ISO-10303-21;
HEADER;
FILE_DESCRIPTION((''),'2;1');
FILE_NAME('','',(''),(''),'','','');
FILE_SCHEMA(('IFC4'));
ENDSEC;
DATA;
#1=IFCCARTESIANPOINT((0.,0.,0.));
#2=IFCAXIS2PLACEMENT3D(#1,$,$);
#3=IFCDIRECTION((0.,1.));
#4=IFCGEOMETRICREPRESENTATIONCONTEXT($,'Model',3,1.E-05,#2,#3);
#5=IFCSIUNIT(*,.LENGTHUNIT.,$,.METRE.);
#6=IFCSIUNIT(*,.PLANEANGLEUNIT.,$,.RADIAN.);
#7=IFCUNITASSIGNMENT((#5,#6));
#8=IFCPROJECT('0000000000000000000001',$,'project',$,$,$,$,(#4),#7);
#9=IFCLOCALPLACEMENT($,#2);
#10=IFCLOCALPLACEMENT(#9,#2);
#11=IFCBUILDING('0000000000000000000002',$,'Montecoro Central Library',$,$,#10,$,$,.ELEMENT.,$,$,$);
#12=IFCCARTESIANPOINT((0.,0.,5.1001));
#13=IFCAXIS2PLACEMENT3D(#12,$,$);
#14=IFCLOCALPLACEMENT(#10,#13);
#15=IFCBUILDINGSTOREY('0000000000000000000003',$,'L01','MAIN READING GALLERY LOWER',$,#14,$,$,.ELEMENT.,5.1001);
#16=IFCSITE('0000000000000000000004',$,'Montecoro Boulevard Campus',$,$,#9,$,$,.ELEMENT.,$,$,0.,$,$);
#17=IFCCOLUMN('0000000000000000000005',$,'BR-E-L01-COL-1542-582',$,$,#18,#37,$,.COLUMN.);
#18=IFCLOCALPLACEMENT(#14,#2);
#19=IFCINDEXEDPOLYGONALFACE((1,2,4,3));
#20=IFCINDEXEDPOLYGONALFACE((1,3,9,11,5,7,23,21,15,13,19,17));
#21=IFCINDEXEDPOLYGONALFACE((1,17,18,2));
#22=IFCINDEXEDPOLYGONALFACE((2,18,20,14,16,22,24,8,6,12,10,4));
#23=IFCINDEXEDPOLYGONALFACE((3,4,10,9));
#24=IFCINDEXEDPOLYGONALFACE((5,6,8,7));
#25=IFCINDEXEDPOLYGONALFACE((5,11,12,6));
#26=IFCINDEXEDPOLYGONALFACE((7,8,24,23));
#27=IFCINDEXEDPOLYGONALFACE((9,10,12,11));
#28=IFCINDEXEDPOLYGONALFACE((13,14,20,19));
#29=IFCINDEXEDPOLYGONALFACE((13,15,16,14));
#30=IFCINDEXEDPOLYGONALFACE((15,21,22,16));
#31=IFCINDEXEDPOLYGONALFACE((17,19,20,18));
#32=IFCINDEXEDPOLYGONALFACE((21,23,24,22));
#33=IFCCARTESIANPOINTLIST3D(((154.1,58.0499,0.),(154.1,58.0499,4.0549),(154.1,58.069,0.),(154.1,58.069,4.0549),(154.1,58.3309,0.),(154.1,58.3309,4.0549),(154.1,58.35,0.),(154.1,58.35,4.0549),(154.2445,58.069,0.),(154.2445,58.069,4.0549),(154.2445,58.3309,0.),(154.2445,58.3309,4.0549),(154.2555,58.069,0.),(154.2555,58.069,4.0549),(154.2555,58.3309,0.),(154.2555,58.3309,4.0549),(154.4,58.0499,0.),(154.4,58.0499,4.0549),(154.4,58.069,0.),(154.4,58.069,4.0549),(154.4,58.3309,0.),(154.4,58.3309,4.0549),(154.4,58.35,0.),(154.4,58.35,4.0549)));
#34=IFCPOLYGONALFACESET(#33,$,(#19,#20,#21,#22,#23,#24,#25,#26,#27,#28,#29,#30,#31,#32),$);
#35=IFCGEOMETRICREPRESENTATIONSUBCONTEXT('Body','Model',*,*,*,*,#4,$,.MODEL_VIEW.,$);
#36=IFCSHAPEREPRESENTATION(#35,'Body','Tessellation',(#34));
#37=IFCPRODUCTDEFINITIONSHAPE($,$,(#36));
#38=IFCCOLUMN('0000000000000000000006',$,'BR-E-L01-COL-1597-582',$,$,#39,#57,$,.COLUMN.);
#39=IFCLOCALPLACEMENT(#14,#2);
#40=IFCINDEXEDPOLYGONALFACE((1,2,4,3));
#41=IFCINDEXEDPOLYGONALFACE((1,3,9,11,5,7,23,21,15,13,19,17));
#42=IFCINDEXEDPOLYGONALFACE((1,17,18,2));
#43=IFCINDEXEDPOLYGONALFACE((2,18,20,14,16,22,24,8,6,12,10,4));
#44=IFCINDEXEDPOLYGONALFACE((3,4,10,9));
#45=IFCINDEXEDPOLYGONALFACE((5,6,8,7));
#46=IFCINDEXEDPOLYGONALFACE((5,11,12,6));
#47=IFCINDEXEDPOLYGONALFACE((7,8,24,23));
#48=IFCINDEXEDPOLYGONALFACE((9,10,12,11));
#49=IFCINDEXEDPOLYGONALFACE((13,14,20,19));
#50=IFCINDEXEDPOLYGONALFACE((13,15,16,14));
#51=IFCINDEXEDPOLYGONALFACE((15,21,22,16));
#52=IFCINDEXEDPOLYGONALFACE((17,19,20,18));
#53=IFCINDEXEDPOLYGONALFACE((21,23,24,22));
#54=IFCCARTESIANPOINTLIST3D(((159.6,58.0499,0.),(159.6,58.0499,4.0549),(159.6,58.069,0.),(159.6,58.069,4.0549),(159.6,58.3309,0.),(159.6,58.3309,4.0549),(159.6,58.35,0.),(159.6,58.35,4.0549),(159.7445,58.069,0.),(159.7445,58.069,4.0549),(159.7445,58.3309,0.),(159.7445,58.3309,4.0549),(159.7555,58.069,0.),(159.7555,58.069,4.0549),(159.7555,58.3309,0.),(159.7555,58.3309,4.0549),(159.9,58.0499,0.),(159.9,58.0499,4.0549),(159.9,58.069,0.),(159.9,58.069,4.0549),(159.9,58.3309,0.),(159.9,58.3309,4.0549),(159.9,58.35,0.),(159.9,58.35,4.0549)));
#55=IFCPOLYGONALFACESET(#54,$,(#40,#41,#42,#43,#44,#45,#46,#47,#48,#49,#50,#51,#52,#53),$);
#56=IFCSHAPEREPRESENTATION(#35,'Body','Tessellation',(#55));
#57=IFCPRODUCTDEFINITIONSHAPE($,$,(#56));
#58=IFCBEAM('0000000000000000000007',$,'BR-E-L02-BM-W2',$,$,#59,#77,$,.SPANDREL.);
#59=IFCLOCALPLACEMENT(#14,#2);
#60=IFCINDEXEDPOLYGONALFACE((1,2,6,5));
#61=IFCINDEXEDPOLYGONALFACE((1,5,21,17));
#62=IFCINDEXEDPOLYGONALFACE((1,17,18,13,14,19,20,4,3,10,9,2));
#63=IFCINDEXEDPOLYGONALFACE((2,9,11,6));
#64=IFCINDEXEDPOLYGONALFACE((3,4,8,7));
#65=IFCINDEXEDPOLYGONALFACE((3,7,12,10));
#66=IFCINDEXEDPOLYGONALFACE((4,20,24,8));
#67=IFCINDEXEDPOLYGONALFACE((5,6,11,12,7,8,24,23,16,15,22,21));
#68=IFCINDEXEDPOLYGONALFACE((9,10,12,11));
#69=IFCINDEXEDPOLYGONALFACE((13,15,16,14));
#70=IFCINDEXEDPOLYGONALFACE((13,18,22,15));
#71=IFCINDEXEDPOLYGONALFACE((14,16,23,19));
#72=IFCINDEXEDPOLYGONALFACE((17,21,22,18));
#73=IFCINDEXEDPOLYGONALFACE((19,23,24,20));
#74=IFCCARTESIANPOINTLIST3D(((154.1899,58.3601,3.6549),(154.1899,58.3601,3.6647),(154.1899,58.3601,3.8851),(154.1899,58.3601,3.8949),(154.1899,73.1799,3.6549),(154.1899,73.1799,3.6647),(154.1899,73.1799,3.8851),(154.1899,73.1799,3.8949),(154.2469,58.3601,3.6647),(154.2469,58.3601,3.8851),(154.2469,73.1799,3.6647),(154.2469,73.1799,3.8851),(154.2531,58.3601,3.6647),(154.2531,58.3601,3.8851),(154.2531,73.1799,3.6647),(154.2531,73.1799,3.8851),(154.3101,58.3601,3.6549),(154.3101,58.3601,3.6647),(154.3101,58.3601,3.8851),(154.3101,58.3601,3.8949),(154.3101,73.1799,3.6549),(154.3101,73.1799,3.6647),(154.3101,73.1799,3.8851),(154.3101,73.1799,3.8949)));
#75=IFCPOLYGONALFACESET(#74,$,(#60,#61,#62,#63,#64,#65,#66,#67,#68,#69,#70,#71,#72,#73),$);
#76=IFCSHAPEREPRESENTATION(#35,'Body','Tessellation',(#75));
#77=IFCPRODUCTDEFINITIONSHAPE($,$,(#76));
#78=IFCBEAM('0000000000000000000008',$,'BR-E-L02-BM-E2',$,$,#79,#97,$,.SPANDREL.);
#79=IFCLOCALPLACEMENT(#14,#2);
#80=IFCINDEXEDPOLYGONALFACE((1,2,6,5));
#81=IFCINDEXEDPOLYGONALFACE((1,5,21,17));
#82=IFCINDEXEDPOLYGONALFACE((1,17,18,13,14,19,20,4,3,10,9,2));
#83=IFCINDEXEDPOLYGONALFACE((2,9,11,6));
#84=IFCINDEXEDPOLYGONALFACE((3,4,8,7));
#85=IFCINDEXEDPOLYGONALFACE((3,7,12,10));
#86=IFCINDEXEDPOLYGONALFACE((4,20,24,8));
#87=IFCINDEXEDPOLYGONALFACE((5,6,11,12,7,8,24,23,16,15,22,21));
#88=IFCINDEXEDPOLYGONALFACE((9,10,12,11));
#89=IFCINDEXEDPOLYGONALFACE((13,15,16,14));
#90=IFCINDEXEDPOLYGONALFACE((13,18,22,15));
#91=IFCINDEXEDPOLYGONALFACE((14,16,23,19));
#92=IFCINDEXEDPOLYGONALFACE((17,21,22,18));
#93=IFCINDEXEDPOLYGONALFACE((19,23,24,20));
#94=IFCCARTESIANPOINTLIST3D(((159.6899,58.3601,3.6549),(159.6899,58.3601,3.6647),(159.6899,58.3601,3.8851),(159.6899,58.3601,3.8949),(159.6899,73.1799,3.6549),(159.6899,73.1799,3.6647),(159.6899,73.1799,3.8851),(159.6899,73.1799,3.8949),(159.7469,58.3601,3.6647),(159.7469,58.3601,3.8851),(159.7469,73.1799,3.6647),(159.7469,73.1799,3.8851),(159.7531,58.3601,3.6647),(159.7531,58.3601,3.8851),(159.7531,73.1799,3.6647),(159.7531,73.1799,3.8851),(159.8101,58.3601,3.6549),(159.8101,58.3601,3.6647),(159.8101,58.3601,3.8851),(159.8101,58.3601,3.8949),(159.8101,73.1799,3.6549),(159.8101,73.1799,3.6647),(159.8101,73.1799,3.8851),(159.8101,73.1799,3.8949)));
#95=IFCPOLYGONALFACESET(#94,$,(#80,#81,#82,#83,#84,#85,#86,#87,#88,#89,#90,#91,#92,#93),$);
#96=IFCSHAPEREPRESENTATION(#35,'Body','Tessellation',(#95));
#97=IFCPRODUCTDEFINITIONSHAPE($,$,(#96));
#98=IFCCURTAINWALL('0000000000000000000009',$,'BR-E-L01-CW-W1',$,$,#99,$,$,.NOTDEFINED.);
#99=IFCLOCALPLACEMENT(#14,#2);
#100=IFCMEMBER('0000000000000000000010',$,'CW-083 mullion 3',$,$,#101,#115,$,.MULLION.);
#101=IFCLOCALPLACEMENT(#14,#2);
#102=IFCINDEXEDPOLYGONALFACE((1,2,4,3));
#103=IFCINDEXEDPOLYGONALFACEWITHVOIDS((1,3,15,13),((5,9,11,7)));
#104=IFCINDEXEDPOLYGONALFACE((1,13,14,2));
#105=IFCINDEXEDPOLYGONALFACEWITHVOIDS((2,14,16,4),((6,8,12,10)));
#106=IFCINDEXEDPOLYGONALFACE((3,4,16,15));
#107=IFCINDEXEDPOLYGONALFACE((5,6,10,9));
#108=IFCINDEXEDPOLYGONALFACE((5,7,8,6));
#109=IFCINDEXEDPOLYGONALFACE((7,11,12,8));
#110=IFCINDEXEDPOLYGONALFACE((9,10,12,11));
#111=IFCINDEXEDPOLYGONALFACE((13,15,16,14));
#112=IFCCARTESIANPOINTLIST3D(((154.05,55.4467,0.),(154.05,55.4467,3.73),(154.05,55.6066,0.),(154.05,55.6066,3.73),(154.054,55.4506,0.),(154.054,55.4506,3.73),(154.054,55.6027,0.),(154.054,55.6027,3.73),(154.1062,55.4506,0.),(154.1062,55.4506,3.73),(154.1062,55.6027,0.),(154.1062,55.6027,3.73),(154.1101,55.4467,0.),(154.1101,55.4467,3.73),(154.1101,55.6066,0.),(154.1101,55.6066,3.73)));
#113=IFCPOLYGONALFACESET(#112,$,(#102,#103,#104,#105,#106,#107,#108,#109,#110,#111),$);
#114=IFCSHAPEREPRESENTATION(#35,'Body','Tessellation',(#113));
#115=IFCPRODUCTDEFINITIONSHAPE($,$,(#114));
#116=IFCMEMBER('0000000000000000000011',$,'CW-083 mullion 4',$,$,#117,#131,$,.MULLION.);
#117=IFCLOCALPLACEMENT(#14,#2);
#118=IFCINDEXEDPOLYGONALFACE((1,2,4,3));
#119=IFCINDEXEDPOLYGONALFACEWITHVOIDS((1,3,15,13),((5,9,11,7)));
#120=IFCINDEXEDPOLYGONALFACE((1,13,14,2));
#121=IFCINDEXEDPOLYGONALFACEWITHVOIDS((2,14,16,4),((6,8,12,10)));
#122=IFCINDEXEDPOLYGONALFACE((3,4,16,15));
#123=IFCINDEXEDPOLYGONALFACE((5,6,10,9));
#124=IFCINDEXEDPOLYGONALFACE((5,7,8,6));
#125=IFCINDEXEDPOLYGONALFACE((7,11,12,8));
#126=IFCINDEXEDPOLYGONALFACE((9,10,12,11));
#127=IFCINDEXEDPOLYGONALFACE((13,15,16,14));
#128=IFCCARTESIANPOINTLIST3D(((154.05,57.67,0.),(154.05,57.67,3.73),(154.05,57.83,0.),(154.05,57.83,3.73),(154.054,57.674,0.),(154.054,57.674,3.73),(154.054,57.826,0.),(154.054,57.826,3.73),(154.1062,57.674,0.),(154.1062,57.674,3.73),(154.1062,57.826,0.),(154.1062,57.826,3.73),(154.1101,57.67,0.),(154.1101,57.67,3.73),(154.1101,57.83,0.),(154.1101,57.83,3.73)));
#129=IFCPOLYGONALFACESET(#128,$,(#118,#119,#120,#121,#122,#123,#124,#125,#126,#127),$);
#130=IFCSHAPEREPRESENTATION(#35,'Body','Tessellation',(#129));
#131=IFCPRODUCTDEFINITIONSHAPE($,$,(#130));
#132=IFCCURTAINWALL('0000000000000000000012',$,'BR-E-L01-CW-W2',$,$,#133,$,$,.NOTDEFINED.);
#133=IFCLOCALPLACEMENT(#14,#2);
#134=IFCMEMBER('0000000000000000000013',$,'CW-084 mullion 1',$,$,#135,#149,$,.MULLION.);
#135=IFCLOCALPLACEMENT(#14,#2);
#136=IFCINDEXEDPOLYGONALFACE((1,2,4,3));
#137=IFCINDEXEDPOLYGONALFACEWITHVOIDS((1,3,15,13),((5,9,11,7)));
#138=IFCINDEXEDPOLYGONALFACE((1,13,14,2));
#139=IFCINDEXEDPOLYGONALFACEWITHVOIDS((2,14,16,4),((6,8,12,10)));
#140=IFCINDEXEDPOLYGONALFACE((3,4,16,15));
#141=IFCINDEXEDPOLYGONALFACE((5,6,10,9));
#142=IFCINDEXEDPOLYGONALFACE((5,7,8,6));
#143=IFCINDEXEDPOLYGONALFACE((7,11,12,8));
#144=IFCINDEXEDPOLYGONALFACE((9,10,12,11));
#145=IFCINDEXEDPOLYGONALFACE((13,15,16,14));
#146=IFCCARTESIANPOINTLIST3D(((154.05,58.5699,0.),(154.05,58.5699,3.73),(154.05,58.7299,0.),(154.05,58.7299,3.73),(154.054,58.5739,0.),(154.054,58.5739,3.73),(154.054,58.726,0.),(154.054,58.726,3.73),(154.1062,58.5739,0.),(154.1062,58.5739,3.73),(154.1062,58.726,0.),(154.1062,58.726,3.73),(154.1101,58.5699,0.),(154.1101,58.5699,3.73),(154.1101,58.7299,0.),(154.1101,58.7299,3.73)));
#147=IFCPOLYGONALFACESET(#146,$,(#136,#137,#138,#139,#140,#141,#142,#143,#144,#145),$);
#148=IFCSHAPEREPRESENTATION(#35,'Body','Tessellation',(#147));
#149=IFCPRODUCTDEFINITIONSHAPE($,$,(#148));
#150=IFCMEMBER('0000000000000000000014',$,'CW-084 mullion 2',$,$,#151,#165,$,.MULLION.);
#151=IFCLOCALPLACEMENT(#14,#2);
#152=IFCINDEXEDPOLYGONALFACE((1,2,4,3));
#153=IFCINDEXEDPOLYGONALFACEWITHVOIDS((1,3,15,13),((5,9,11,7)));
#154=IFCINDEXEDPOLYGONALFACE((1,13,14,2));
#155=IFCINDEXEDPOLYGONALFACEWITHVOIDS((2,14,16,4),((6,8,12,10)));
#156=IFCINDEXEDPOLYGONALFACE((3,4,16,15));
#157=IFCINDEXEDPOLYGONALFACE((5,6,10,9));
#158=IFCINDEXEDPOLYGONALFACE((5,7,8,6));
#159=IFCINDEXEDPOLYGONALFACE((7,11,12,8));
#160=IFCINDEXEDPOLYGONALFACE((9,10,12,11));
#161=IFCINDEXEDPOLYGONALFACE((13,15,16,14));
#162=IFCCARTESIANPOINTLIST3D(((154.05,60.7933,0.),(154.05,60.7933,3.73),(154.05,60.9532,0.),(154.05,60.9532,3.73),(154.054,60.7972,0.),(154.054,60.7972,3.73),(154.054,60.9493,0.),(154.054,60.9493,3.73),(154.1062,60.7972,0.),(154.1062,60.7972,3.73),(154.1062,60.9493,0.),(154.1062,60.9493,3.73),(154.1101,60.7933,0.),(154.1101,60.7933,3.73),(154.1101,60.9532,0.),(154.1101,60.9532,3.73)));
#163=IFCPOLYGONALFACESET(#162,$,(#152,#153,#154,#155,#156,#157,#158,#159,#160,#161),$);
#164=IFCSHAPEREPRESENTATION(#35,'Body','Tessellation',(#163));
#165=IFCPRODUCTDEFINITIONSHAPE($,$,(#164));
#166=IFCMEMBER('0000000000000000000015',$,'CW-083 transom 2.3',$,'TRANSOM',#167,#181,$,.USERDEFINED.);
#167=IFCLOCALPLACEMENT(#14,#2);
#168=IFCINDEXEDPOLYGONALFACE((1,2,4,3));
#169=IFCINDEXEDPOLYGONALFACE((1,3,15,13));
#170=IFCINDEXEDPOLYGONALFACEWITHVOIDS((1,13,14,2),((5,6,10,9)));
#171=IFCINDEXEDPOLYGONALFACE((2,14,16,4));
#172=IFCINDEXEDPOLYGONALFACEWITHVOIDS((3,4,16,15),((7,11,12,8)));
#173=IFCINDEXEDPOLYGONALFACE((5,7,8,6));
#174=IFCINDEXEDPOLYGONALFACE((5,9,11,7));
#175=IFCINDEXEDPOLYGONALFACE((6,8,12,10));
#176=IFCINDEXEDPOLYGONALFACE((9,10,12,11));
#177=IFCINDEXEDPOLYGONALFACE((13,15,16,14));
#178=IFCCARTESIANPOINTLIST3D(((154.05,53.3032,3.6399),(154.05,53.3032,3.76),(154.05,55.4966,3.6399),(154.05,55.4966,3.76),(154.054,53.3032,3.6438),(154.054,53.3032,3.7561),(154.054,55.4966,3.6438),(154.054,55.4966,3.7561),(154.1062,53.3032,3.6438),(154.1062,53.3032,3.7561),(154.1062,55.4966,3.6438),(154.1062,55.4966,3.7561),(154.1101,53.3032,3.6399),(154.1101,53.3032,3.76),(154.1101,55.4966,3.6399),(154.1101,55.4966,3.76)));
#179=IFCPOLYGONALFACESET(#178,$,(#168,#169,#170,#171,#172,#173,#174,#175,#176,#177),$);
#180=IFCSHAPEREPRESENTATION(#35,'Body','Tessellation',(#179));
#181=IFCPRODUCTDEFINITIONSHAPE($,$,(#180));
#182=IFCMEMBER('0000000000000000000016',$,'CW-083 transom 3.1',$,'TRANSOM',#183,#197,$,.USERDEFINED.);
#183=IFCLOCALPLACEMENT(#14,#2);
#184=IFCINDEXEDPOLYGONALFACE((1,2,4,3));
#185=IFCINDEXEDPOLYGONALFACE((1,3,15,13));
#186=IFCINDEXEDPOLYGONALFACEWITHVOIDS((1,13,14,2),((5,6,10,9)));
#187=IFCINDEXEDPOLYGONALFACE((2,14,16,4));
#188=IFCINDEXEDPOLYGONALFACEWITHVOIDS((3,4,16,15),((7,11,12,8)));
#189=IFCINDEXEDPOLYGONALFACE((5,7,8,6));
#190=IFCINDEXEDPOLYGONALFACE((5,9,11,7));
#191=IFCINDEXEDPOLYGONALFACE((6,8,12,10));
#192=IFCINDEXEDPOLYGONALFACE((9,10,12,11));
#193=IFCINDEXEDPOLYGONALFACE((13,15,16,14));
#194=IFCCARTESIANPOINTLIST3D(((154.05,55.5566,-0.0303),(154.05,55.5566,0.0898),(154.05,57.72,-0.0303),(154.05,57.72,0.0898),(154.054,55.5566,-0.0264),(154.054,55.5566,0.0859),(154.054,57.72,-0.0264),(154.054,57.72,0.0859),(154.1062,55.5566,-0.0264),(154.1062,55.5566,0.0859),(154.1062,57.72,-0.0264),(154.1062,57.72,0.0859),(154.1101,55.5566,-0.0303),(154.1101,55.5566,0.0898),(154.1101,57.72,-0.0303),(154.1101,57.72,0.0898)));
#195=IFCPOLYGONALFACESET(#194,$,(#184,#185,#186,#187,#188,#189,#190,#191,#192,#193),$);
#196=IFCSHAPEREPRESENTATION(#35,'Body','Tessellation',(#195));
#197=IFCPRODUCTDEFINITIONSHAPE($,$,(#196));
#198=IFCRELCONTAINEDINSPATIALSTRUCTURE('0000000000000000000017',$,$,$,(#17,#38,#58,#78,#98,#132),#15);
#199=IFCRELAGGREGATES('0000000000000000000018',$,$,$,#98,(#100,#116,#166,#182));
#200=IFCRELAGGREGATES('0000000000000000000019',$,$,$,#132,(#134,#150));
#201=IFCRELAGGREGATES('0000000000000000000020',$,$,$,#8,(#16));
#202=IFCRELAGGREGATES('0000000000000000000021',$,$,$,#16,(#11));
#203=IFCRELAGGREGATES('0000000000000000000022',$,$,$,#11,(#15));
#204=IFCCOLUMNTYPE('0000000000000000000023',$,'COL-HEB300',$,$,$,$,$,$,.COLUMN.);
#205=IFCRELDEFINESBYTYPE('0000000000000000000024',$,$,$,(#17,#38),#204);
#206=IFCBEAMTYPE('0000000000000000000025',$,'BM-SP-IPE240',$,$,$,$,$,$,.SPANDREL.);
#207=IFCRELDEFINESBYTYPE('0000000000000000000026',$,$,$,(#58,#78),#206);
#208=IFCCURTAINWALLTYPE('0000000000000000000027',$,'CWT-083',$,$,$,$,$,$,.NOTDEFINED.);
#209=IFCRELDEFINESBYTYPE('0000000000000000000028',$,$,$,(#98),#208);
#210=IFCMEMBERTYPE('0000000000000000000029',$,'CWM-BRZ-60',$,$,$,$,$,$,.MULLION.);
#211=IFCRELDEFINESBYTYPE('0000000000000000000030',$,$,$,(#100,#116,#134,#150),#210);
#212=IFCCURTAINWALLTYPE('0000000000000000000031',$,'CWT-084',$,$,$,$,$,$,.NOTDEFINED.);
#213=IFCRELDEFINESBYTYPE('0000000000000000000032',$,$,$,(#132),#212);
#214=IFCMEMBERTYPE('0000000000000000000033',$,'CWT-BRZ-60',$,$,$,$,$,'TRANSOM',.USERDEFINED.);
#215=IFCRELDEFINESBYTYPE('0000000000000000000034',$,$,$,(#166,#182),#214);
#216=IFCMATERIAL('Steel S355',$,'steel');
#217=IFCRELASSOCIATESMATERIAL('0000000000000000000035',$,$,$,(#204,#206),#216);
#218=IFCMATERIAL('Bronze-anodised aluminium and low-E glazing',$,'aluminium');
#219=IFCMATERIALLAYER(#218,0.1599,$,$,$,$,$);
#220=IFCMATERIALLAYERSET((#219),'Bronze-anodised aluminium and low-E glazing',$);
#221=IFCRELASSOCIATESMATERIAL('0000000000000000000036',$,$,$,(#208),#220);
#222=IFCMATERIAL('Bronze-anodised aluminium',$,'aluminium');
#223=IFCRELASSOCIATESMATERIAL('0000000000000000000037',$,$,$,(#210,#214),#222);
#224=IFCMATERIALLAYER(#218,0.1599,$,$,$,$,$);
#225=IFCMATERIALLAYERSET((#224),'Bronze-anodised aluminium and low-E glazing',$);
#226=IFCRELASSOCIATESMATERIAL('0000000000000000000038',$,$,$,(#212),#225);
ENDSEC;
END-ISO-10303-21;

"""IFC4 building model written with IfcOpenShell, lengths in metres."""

from ifc_helpers import new_model, si_unit, direction, frame, origin, origin_2d, place, context, subcontext, project, spatial, hollow_rectangle, i_section, extrude, material, layer, layer_set, material_profile, profile_set, type_object, element, aggregate, save


model = new_model("IFC4")

# Units and contexts
model_context = context("Model", 3, precision=1e-05, world=origin(), true_north=direction((0.0, 1.0)))
body_context = subcontext(model_context, "Body", "Model", "MODEL_VIEW")
ifc_project = project(units=[si_unit("LENGTHUNIT", "METRE"), si_unit("PLANEANGLEUNIT", "RADIAN")], contexts=[model_context])

# Site, building, storey
site_placement = place(None, origin())
site = spatial("IfcSite", under=ifc_project, at=site_placement, Name="Montecoro Boulevard Campus", CompositionType="ELEMENT", RefElevation=0.0)
building_placement = place(site_placement, origin())
building = spatial("IfcBuilding", under=site, at=building_placement, Name="Montecoro Central Library", CompositionType="ELEMENT")
storey_placement = place(building_placement, frame((0.0, 0.0, 5.1001)))
storey = spatial("IfcBuildingStorey", under=building, at=storey_placement, Name="L01", Description="MAIN READING GALLERY LOWER", CompositionType="ELEMENT", Elevation=5.1001)

# Columns
ifc_material_1 = material(Name="Steel S355", Category="steel")
ifc_material_profile_1 = material_profile(ifc_material_1, i_section(OverallWidth=0.3, OverallDepth=0.3, WebThickness=0.011, FlangeThickness=0.019, at=origin_2d()), Name="HEB 300")
ifc_profile_set_1 = profile_set([ifc_material_profile_1], Name="Steel S355")
column_type = type_object("IfcColumnType", Name="COL-HEB300", PredefinedType="COLUMN", material=ifc_profile_set_1)
for number, where, z_axis, x_axis, name in (
    (1, (154.25, 58.2, 0.0), (0.0, 0.0, 1.0), (1.0, 0.0, 0.0), "BR-E-L01-COL-1542-582"),
    (2, (159.75, 58.2, 0.0), (0.0, 0.0, 1.0), (1.0, 0.0, 0.0), "BR-E-L01-COL-1597-582"),
):
    element("IfcColumn", number, at=place(storey_placement, frame(where, z_axis=z_axis, x_axis=x_axis)), inside=storey, type_object=column_type, Name=name, PredefinedType="COLUMN", context=body_context, shape_type="SweptSolid", body=[
        extrude(i_section(OverallWidth=0.3, OverallDepth=0.3, WebThickness=0.011, FlangeThickness=0.019, at=origin_2d()), origin(), (0.0, 0.0, 1.0), 4.0549),
    ])

# Beams
ifc_material_profile_2 = material_profile(ifc_material_1, i_section(OverallWidth=0.1201, OverallDepth=0.24, WebThickness=0.0061, FlangeThickness=0.0098, at=origin_2d()), Name="IPE 240")
ifc_profile_set_2 = profile_set([ifc_material_profile_2], Name="Steel S355")
beam_type = type_object("IfcBeamType", Name="BM-SP-IPE240", PredefinedType="SPANDREL", material=ifc_profile_set_2)
for number, where, z_axis, x_axis, name in (
    (3, (154.25, 58.3601, 3.7749), (0.0, 1.0, 0.0), (-1.0, 0.0, 0.0), "BR-E-L02-BM-W2"),
    (4, (159.75, 58.3601, 3.7749), (0.0, 1.0, 0.0), (-1.0, 0.0, 0.0), "BR-E-L02-BM-E2"),
):
    element("IfcBeam", number, at=place(storey_placement, frame(where, z_axis=z_axis, x_axis=x_axis)), inside=storey, type_object=beam_type, Name=name, PredefinedType="SPANDREL", context=body_context, shape_type="SweptSolid", body=[
        extrude(i_section(OverallWidth=0.1201, OverallDepth=0.24, WebThickness=0.0061, FlangeThickness=0.0098, at=origin_2d()), origin(), (0.0, 0.0, 1.0), 14.8198),
    ])

# Curtain walls, members
ifc_material_2 = material(Name="Bronze-anodised aluminium and low-E glazing", Category="aluminium")
ifc_layer_1 = layer(ifc_material_2, 0.1599)
ifc_layer_set_1 = layer_set([ifc_layer_1], Name="Bronze-anodised aluminium and low-E glazing")
curtain_wall_type_1 = type_object("IfcCurtainWallType", Name="CWT-083", PredefinedType="NOTDEFINED", material=ifc_layer_set_1)
curtain_wall_1_placement = place(storey_placement, origin())
curtain_wall_1 = element("IfcCurtainWall", 5, at=curtain_wall_1_placement, inside=storey, type_object=curtain_wall_type_1, Name="BR-E-L01-CW-W1", PredefinedType="NOTDEFINED")
ifc_material_3 = material(Name="Bronze-anodised aluminium", Category="aluminium")
ifc_material_profile_3 = material_profile(ifc_material_3, hollow_rectangle(XDim=0.0601, YDim=0.1599, WallThickness=0.0039, at=origin_2d()), Name="CWM 160x60x4.0")
ifc_profile_set_3 = profile_set([ifc_material_profile_3], Name="Bronze-anodised aluminium")
member_type_1 = type_object("IfcMemberType", Name="CWM-BRZ-60", PredefinedType="MULLION", material=ifc_profile_set_3)
member_1_placement = place(storey_placement, frame((154.0801, 55.5266, 0.0), z_axis=(0.0, 0.0, 1.0), x_axis=(-1.0, 0.0, 0.0)))
member_1 = element("IfcMember", 6, at=member_1_placement, type_object=member_type_1, Name="CW-083 mullion 3", PredefinedType="MULLION", context=body_context, shape_type="SweptSolid", body=[
    extrude(hollow_rectangle(XDim=0.0601, YDim=0.1599, WallThickness=0.0039, at=origin_2d()), origin(), (0.0, 0.0, 1.0), 3.73),
])
member_2_placement = place(storey_placement, frame((154.0801, 57.75, 0.0), z_axis=(0.0, 0.0, 1.0), x_axis=(-1.0, 0.0, 0.0)))
member_2 = element("IfcMember", 7, at=member_2_placement, type_object=member_type_1, Name="CW-083 mullion 4", PredefinedType="MULLION", context=body_context, shape_type="SweptSolid", body=[
    extrude(hollow_rectangle(XDim=0.0601, YDim=0.1599, WallThickness=0.0039, at=origin_2d()), origin(), (0.0, 0.0, 1.0), 3.73),
])
ifc_layer_2 = layer(ifc_material_2, 0.1599)
ifc_layer_set_2 = layer_set([ifc_layer_2], Name="Bronze-anodised aluminium and low-E glazing")
curtain_wall_type_2 = type_object("IfcCurtainWallType", Name="CWT-084", PredefinedType="NOTDEFINED", material=ifc_layer_set_2)
curtain_wall_2_placement = place(storey_placement, origin())
curtain_wall_2 = element("IfcCurtainWall", 8, at=curtain_wall_2_placement, inside=storey, type_object=curtain_wall_type_2, Name="BR-E-L01-CW-W2", PredefinedType="NOTDEFINED")
member_3_placement = place(storey_placement, frame((154.0801, 58.6499, 0.0), z_axis=(0.0, 0.0, 1.0), x_axis=(-1.0, 0.0, 0.0)))
member_3 = element("IfcMember", 9, at=member_3_placement, type_object=member_type_1, Name="CW-084 mullion 1", PredefinedType="MULLION", context=body_context, shape_type="SweptSolid", body=[
    extrude(hollow_rectangle(XDim=0.0601, YDim=0.1599, WallThickness=0.0039, at=origin_2d()), origin(), (0.0, 0.0, 1.0), 3.73),
])
member_4_placement = place(storey_placement, frame((154.0801, 60.8733, 0.0), z_axis=(0.0, 0.0, 1.0), x_axis=(-1.0, 0.0, 0.0)))
member_4 = element("IfcMember", 10, at=member_4_placement, type_object=member_type_1, Name="CW-084 mullion 2", PredefinedType="MULLION", context=body_context, shape_type="SweptSolid", body=[
    extrude(hollow_rectangle(XDim=0.0601, YDim=0.1599, WallThickness=0.0039, at=origin_2d()), origin(), (0.0, 0.0, 1.0), 3.73),
])

# Members
ifc_material_profile_4 = material_profile(ifc_material_3, hollow_rectangle(XDim=0.0601, YDim=0.1201, WallThickness=0.0039, at=origin_2d()), Name="CWT 120x60x4.0")
ifc_profile_set_4 = profile_set([ifc_material_profile_4], Name="Bronze-anodised aluminium")
member_type_2 = type_object("IfcMemberType", Name="CWT-BRZ-60", ElementType="TRANSOM", PredefinedType="USERDEFINED", material=ifc_profile_set_4)
member_5_placement = place(storey_placement, frame((154.0801, 53.3032, 3.7), z_axis=(0.0, 1.0, 0.0), x_axis=(-1.0, 0.0, 0.0)))
member_5 = element("IfcMember", 11, at=member_5_placement, type_object=member_type_2, Name="CW-083 transom 2.3", ObjectType="TRANSOM", PredefinedType="USERDEFINED", context=body_context, shape_type="SweptSolid", body=[
    extrude(hollow_rectangle(XDim=0.0601, YDim=0.1201, WallThickness=0.0039, at=origin_2d()), origin(), (0.0, 0.0, 1.0), 2.1934),
])
member_6_placement = place(storey_placement, frame((154.0801, 55.5566, 0.0298), z_axis=(0.0, 1.0, 0.0), x_axis=(-1.0, 0.0, 0.0)))
member_6 = element("IfcMember", 12, at=member_6_placement, type_object=member_type_2, Name="CW-083 transom 3.1", ObjectType="TRANSOM", PredefinedType="USERDEFINED", context=body_context, shape_type="SweptSolid", body=[
    extrude(hollow_rectangle(XDim=0.0601, YDim=0.1201, WallThickness=0.0039, at=origin_2d()), origin(), (0.0, 0.0, 1.0), 2.1633),
])

aggregate(curtain_wall_1, [member_1, member_2, member_5, member_6])
aggregate(curtain_wall_2, [member_3, member_4])

save(model, "model.ifc")
